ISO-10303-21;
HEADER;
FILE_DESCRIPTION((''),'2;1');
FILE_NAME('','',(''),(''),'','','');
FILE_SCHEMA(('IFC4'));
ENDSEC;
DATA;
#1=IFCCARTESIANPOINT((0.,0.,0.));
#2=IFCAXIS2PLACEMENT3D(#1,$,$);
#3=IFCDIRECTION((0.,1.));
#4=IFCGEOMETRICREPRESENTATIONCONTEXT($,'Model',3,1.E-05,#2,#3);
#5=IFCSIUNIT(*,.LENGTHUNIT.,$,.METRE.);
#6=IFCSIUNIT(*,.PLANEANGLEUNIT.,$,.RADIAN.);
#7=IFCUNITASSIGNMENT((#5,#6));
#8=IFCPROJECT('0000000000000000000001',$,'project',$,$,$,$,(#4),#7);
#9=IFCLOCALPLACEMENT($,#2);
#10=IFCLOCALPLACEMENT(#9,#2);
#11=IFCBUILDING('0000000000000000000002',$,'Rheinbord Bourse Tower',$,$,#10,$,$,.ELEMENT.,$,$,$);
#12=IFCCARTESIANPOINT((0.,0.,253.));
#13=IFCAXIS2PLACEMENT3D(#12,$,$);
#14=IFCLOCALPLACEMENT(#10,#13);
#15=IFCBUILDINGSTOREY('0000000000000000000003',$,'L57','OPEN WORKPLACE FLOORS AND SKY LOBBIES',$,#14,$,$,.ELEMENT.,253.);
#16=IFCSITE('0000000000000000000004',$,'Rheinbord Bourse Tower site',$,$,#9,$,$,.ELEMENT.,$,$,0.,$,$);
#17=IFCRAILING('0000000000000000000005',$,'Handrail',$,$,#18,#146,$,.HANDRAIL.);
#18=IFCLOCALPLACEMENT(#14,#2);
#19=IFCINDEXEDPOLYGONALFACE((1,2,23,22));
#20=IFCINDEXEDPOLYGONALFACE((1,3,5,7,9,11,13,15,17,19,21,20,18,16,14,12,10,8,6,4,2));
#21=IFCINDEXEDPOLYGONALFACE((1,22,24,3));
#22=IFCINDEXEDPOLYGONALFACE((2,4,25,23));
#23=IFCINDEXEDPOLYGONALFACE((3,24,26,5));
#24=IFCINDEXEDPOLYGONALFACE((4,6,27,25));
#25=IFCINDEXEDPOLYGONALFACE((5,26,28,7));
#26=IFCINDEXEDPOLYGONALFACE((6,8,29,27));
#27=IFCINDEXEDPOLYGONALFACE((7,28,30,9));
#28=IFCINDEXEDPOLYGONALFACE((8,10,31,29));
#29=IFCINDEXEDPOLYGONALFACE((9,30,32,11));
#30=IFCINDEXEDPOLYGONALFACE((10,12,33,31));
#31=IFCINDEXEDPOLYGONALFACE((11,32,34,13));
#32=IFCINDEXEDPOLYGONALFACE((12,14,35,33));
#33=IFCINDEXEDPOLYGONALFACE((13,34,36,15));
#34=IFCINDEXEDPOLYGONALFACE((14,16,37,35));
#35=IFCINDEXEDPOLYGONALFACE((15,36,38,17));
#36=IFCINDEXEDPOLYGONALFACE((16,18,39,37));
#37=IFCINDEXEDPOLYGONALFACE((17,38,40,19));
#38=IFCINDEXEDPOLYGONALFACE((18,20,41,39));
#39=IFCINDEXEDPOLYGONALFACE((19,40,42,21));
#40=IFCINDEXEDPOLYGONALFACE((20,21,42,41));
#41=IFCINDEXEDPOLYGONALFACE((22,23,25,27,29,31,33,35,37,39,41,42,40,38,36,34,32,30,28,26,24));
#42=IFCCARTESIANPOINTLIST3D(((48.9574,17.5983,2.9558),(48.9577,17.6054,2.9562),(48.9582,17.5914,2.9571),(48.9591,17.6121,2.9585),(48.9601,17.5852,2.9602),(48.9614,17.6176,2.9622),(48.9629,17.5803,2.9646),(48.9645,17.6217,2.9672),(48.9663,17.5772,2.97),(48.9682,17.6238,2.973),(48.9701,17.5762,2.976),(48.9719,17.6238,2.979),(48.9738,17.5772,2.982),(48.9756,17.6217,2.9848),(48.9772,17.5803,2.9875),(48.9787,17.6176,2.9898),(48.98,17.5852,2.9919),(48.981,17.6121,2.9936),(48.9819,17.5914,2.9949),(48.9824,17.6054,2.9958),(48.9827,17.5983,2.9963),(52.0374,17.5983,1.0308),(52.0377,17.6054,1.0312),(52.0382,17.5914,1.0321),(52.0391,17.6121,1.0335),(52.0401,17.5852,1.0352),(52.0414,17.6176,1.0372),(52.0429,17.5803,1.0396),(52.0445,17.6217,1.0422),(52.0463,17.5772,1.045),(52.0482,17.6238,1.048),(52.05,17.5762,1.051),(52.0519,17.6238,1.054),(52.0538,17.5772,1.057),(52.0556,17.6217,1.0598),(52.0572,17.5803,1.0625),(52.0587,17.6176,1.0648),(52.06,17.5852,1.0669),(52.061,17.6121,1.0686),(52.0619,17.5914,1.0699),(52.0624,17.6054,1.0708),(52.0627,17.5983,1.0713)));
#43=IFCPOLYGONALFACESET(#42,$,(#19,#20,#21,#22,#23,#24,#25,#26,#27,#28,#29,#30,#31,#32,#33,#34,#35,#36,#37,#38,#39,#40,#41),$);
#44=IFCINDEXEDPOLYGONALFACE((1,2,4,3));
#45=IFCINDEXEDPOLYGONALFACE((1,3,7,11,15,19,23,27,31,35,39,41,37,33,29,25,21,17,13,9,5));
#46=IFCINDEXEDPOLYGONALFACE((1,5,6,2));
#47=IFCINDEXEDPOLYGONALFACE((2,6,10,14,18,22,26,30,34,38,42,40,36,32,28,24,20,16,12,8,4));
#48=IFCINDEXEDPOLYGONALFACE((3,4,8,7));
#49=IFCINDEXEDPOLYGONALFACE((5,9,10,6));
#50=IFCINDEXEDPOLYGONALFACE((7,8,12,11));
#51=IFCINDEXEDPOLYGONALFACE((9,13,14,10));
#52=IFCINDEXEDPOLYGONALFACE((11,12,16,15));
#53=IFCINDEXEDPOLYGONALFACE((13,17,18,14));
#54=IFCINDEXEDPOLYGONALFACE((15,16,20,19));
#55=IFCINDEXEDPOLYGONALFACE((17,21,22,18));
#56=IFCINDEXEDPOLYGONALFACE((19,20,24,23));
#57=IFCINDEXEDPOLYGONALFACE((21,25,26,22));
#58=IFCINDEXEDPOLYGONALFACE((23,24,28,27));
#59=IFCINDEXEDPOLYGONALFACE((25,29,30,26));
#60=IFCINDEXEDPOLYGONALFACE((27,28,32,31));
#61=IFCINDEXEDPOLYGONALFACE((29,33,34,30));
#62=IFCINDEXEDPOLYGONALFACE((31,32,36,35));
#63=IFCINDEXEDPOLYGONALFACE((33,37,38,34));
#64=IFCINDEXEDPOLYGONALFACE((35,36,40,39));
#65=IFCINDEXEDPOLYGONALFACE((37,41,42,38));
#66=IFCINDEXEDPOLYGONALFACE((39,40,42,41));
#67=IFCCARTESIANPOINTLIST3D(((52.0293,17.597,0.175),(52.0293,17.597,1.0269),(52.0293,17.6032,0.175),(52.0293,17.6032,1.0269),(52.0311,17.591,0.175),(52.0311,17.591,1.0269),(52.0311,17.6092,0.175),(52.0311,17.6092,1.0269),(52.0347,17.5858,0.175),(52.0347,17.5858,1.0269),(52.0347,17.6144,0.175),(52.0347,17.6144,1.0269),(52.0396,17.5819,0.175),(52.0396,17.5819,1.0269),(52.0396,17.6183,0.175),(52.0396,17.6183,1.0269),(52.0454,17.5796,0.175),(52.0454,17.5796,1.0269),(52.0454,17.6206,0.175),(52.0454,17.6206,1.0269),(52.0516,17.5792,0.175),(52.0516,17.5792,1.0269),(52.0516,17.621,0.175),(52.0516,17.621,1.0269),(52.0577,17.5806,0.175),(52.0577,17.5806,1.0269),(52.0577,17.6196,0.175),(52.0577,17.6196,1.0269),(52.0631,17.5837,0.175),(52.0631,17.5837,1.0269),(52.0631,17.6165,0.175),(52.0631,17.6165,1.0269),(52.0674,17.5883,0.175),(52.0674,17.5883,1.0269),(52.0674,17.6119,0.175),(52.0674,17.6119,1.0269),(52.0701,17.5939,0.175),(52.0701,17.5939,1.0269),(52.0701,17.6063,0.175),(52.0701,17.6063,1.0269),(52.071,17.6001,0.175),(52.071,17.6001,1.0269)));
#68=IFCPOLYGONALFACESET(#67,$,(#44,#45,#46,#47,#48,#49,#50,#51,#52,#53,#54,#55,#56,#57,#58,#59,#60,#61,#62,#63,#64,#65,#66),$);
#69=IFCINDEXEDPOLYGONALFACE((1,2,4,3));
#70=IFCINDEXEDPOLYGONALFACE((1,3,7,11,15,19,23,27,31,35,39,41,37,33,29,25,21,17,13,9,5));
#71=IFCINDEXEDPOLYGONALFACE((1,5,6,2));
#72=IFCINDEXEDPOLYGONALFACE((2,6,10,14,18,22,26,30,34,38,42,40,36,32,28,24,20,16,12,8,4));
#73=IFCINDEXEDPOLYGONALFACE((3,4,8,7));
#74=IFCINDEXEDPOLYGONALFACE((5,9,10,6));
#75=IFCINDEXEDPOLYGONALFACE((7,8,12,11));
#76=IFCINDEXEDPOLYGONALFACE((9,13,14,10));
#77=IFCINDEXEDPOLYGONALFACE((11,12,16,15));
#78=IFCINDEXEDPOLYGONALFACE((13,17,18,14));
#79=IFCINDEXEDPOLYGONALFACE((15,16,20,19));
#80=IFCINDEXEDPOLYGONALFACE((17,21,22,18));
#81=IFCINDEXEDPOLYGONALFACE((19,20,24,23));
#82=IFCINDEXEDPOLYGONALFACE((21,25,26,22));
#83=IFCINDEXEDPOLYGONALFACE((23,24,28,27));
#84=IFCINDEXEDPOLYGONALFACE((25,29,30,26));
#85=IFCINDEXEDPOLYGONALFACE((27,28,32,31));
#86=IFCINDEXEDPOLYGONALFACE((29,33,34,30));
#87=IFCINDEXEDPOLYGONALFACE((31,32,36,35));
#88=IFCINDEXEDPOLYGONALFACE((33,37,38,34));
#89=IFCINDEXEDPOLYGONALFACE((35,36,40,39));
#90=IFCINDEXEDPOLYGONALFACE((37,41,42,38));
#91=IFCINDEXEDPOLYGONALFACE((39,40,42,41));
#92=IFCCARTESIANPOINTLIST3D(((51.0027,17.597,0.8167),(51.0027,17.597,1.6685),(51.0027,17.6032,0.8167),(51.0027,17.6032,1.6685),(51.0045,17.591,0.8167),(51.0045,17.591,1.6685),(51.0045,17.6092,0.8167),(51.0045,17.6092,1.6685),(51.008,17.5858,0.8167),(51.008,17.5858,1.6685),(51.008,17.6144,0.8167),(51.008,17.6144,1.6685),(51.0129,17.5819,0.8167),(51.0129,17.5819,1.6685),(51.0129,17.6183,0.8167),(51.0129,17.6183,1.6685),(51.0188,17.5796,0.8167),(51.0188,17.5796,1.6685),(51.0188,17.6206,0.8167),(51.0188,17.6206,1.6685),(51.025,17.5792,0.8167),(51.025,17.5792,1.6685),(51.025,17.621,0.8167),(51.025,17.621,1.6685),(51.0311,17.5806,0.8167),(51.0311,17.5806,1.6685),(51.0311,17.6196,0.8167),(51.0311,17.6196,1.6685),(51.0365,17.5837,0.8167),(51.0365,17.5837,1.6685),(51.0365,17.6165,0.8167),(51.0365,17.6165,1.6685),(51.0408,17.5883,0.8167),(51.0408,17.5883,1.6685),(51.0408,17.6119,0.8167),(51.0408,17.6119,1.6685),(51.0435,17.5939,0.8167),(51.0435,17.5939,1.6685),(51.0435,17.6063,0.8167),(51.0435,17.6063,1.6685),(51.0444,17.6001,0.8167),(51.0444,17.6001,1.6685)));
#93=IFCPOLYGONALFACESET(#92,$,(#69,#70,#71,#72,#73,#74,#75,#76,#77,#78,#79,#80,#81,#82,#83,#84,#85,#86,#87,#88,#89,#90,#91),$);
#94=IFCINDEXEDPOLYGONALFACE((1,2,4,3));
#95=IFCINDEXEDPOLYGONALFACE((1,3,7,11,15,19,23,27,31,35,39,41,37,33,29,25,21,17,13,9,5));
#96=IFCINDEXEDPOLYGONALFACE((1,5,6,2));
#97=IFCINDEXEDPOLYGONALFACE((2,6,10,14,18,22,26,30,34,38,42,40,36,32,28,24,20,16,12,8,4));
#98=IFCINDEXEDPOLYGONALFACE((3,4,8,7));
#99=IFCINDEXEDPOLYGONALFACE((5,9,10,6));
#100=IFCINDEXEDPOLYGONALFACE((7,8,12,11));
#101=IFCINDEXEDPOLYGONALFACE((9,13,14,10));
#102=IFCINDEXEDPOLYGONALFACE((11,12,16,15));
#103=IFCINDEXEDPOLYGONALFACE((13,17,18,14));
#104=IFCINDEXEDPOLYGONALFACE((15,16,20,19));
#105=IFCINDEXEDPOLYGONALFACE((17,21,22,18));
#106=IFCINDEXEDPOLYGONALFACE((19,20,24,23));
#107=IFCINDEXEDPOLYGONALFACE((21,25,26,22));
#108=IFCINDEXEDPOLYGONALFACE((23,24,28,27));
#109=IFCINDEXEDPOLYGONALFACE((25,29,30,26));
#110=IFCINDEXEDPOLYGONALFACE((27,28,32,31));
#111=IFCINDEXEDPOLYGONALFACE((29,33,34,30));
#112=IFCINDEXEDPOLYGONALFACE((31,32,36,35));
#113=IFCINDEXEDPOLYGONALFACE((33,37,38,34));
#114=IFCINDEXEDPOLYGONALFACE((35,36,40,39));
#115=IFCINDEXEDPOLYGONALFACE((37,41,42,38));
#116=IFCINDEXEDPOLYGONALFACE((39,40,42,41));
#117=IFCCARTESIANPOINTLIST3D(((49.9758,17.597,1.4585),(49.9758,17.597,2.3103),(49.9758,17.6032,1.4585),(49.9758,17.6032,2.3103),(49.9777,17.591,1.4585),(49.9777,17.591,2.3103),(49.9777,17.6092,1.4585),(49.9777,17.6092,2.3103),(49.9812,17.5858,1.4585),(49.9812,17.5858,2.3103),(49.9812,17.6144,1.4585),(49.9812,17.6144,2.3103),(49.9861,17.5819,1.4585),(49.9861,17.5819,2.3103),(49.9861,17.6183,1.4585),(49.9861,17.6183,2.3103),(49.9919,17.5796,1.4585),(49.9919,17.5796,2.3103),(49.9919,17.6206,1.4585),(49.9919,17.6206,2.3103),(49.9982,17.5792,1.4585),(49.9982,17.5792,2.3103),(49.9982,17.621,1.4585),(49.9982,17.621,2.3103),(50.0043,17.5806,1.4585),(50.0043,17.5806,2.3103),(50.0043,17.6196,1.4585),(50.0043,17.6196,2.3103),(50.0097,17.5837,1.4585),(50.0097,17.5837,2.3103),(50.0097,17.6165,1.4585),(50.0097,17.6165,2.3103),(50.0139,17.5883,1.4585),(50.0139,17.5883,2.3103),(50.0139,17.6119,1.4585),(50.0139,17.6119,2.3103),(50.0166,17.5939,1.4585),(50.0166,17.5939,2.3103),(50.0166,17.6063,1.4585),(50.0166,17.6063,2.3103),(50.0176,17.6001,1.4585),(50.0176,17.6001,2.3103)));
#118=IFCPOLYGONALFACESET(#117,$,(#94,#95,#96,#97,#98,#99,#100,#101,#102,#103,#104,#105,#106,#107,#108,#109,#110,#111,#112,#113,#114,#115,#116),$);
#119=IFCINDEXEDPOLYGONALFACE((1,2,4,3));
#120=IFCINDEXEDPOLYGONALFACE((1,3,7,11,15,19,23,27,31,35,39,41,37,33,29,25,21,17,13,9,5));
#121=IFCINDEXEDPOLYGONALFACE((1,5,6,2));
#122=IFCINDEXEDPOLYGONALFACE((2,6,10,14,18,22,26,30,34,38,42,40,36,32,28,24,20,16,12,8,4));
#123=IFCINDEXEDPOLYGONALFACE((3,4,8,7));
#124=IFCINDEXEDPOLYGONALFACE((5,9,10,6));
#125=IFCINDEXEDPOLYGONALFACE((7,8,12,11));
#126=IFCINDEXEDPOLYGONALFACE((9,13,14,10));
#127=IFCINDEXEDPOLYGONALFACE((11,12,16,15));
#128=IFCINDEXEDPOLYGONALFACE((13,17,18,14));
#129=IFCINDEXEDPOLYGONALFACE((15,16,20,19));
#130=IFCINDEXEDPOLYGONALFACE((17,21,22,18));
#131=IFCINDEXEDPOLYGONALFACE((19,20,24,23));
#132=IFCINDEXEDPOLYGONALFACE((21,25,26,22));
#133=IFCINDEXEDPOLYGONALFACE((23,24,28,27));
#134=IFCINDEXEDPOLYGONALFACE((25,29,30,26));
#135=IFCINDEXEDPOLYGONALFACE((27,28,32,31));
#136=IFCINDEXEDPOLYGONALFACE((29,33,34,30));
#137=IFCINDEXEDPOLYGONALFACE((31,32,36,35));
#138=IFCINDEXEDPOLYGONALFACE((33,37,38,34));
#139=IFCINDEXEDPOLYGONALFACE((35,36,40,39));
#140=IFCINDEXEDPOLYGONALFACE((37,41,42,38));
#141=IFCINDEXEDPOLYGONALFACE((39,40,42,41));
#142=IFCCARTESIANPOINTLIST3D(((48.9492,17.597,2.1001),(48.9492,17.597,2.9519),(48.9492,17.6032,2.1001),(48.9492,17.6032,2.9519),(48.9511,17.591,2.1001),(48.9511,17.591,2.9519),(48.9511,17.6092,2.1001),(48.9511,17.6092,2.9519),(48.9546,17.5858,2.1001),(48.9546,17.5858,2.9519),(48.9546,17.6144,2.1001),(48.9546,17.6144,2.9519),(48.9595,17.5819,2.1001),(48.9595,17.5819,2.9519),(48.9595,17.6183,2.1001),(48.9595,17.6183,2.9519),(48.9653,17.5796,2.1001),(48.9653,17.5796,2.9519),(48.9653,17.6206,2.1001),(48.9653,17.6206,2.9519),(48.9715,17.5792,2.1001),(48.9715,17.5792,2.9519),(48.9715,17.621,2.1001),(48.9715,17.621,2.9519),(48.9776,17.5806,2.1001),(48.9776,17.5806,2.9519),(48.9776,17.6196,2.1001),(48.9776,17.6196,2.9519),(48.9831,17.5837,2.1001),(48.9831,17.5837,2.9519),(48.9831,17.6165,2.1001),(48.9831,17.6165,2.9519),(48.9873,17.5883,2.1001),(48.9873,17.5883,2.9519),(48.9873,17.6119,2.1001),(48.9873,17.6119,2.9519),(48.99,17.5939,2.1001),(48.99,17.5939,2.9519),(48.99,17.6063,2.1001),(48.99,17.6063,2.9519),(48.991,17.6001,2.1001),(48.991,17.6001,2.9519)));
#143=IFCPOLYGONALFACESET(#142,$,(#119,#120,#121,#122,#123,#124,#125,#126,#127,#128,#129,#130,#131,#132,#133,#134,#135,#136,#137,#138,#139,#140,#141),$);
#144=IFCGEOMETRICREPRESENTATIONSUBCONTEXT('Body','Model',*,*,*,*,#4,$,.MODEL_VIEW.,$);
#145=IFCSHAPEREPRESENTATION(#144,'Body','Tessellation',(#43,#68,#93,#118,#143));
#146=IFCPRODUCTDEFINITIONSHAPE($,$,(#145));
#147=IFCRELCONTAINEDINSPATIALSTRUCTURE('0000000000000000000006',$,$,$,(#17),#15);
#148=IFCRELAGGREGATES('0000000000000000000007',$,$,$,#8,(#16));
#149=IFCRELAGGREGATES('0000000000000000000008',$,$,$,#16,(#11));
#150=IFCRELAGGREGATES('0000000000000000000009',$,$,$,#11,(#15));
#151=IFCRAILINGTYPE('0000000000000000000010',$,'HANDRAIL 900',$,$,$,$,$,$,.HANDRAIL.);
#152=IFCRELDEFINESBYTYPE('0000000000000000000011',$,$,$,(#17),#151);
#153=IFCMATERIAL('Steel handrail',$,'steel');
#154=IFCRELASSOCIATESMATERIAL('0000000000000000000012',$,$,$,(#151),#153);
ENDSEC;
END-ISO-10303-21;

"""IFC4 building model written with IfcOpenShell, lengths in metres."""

from ifc_helpers import new_model, si_unit, direction, frame, origin, origin_2d, place, context, subcontext, project, spatial, circle, extrude, material, type_object, element, save


model = new_model("IFC4")

# Units and contexts
model_context = context("Model", 3, precision=1e-05, world=origin(), true_north=direction((0.0, 1.0)))
body_context = subcontext(model_context, "Body", "Model", "MODEL_VIEW")
ifc_project = project(units=[si_unit("LENGTHUNIT", "METRE"), si_unit("PLANEANGLEUNIT", "RADIAN")], contexts=[model_context])

# Site, building, storey
site_placement = place(None, origin())
site = spatial("IfcSite", under=ifc_project, at=site_placement, Name="Rheinbord Bourse Tower site", CompositionType="ELEMENT", RefElevation=0.0)
building_placement = place(site_placement, origin())
building = spatial("IfcBuilding", under=site, at=building_placement, Name="Rheinbord Bourse Tower", CompositionType="ELEMENT")
storey_placement = place(building_placement, frame((0.0, 0.0, 253.0)))
storey = spatial("IfcBuildingStorey", under=building, at=storey_placement, Name="L57", Description="OPEN WORKPLACE FLOORS AND SKY LOBBIES", CompositionType="ELEMENT", Elevation=253.0)

# Railing
ifc_material_1 = material(Name="Steel handrail", Category="steel")
railing_type = type_object("IfcRailingType", Name="HANDRAIL 900", PredefinedType="HANDRAIL", material=ifc_material_1)
railing_1_placement = place(storey_placement, frame((52.05, 17.6001, 0.175)))
element("IfcRailing", 1, at=railing_1_placement, inside=storey, type_object=railing_type, Name="Handrail", PredefinedType="HANDRAIL", context=body_context, shape_type="SweptSolid", body=[
    extrude(circle(Radius=0.0239, at=origin_2d()), frame((0.0, 0.0, 0.876), z_axis=(-0.847998, 0.0, 0.529999), x_axis=(0.0, -1.0, 0.0)), (0.0, 0.0, 1.0), 3.6321),
    extrude(circle(Radius=0.021, at=origin_2d()), origin(), (0.0, 0.0, 1.0), 0.8518),
    extrude(circle(Radius=0.021, at=origin_2d()), frame((-1.0266, 0.0, 0.6416)), (0.0, 0.0, 1.0), 0.8518),
    extrude(circle(Radius=0.021, at=origin_2d()), frame((-2.0535, 0.0, 1.2834)), (0.0, 0.0, 1.0), 0.8518),
    extrude(circle(Radius=0.021, at=origin_2d()), frame((-3.0801, 0.0, 1.925)), (0.0, 0.0, 1.0), 0.8518),
])

save(model, "model.ifc")
